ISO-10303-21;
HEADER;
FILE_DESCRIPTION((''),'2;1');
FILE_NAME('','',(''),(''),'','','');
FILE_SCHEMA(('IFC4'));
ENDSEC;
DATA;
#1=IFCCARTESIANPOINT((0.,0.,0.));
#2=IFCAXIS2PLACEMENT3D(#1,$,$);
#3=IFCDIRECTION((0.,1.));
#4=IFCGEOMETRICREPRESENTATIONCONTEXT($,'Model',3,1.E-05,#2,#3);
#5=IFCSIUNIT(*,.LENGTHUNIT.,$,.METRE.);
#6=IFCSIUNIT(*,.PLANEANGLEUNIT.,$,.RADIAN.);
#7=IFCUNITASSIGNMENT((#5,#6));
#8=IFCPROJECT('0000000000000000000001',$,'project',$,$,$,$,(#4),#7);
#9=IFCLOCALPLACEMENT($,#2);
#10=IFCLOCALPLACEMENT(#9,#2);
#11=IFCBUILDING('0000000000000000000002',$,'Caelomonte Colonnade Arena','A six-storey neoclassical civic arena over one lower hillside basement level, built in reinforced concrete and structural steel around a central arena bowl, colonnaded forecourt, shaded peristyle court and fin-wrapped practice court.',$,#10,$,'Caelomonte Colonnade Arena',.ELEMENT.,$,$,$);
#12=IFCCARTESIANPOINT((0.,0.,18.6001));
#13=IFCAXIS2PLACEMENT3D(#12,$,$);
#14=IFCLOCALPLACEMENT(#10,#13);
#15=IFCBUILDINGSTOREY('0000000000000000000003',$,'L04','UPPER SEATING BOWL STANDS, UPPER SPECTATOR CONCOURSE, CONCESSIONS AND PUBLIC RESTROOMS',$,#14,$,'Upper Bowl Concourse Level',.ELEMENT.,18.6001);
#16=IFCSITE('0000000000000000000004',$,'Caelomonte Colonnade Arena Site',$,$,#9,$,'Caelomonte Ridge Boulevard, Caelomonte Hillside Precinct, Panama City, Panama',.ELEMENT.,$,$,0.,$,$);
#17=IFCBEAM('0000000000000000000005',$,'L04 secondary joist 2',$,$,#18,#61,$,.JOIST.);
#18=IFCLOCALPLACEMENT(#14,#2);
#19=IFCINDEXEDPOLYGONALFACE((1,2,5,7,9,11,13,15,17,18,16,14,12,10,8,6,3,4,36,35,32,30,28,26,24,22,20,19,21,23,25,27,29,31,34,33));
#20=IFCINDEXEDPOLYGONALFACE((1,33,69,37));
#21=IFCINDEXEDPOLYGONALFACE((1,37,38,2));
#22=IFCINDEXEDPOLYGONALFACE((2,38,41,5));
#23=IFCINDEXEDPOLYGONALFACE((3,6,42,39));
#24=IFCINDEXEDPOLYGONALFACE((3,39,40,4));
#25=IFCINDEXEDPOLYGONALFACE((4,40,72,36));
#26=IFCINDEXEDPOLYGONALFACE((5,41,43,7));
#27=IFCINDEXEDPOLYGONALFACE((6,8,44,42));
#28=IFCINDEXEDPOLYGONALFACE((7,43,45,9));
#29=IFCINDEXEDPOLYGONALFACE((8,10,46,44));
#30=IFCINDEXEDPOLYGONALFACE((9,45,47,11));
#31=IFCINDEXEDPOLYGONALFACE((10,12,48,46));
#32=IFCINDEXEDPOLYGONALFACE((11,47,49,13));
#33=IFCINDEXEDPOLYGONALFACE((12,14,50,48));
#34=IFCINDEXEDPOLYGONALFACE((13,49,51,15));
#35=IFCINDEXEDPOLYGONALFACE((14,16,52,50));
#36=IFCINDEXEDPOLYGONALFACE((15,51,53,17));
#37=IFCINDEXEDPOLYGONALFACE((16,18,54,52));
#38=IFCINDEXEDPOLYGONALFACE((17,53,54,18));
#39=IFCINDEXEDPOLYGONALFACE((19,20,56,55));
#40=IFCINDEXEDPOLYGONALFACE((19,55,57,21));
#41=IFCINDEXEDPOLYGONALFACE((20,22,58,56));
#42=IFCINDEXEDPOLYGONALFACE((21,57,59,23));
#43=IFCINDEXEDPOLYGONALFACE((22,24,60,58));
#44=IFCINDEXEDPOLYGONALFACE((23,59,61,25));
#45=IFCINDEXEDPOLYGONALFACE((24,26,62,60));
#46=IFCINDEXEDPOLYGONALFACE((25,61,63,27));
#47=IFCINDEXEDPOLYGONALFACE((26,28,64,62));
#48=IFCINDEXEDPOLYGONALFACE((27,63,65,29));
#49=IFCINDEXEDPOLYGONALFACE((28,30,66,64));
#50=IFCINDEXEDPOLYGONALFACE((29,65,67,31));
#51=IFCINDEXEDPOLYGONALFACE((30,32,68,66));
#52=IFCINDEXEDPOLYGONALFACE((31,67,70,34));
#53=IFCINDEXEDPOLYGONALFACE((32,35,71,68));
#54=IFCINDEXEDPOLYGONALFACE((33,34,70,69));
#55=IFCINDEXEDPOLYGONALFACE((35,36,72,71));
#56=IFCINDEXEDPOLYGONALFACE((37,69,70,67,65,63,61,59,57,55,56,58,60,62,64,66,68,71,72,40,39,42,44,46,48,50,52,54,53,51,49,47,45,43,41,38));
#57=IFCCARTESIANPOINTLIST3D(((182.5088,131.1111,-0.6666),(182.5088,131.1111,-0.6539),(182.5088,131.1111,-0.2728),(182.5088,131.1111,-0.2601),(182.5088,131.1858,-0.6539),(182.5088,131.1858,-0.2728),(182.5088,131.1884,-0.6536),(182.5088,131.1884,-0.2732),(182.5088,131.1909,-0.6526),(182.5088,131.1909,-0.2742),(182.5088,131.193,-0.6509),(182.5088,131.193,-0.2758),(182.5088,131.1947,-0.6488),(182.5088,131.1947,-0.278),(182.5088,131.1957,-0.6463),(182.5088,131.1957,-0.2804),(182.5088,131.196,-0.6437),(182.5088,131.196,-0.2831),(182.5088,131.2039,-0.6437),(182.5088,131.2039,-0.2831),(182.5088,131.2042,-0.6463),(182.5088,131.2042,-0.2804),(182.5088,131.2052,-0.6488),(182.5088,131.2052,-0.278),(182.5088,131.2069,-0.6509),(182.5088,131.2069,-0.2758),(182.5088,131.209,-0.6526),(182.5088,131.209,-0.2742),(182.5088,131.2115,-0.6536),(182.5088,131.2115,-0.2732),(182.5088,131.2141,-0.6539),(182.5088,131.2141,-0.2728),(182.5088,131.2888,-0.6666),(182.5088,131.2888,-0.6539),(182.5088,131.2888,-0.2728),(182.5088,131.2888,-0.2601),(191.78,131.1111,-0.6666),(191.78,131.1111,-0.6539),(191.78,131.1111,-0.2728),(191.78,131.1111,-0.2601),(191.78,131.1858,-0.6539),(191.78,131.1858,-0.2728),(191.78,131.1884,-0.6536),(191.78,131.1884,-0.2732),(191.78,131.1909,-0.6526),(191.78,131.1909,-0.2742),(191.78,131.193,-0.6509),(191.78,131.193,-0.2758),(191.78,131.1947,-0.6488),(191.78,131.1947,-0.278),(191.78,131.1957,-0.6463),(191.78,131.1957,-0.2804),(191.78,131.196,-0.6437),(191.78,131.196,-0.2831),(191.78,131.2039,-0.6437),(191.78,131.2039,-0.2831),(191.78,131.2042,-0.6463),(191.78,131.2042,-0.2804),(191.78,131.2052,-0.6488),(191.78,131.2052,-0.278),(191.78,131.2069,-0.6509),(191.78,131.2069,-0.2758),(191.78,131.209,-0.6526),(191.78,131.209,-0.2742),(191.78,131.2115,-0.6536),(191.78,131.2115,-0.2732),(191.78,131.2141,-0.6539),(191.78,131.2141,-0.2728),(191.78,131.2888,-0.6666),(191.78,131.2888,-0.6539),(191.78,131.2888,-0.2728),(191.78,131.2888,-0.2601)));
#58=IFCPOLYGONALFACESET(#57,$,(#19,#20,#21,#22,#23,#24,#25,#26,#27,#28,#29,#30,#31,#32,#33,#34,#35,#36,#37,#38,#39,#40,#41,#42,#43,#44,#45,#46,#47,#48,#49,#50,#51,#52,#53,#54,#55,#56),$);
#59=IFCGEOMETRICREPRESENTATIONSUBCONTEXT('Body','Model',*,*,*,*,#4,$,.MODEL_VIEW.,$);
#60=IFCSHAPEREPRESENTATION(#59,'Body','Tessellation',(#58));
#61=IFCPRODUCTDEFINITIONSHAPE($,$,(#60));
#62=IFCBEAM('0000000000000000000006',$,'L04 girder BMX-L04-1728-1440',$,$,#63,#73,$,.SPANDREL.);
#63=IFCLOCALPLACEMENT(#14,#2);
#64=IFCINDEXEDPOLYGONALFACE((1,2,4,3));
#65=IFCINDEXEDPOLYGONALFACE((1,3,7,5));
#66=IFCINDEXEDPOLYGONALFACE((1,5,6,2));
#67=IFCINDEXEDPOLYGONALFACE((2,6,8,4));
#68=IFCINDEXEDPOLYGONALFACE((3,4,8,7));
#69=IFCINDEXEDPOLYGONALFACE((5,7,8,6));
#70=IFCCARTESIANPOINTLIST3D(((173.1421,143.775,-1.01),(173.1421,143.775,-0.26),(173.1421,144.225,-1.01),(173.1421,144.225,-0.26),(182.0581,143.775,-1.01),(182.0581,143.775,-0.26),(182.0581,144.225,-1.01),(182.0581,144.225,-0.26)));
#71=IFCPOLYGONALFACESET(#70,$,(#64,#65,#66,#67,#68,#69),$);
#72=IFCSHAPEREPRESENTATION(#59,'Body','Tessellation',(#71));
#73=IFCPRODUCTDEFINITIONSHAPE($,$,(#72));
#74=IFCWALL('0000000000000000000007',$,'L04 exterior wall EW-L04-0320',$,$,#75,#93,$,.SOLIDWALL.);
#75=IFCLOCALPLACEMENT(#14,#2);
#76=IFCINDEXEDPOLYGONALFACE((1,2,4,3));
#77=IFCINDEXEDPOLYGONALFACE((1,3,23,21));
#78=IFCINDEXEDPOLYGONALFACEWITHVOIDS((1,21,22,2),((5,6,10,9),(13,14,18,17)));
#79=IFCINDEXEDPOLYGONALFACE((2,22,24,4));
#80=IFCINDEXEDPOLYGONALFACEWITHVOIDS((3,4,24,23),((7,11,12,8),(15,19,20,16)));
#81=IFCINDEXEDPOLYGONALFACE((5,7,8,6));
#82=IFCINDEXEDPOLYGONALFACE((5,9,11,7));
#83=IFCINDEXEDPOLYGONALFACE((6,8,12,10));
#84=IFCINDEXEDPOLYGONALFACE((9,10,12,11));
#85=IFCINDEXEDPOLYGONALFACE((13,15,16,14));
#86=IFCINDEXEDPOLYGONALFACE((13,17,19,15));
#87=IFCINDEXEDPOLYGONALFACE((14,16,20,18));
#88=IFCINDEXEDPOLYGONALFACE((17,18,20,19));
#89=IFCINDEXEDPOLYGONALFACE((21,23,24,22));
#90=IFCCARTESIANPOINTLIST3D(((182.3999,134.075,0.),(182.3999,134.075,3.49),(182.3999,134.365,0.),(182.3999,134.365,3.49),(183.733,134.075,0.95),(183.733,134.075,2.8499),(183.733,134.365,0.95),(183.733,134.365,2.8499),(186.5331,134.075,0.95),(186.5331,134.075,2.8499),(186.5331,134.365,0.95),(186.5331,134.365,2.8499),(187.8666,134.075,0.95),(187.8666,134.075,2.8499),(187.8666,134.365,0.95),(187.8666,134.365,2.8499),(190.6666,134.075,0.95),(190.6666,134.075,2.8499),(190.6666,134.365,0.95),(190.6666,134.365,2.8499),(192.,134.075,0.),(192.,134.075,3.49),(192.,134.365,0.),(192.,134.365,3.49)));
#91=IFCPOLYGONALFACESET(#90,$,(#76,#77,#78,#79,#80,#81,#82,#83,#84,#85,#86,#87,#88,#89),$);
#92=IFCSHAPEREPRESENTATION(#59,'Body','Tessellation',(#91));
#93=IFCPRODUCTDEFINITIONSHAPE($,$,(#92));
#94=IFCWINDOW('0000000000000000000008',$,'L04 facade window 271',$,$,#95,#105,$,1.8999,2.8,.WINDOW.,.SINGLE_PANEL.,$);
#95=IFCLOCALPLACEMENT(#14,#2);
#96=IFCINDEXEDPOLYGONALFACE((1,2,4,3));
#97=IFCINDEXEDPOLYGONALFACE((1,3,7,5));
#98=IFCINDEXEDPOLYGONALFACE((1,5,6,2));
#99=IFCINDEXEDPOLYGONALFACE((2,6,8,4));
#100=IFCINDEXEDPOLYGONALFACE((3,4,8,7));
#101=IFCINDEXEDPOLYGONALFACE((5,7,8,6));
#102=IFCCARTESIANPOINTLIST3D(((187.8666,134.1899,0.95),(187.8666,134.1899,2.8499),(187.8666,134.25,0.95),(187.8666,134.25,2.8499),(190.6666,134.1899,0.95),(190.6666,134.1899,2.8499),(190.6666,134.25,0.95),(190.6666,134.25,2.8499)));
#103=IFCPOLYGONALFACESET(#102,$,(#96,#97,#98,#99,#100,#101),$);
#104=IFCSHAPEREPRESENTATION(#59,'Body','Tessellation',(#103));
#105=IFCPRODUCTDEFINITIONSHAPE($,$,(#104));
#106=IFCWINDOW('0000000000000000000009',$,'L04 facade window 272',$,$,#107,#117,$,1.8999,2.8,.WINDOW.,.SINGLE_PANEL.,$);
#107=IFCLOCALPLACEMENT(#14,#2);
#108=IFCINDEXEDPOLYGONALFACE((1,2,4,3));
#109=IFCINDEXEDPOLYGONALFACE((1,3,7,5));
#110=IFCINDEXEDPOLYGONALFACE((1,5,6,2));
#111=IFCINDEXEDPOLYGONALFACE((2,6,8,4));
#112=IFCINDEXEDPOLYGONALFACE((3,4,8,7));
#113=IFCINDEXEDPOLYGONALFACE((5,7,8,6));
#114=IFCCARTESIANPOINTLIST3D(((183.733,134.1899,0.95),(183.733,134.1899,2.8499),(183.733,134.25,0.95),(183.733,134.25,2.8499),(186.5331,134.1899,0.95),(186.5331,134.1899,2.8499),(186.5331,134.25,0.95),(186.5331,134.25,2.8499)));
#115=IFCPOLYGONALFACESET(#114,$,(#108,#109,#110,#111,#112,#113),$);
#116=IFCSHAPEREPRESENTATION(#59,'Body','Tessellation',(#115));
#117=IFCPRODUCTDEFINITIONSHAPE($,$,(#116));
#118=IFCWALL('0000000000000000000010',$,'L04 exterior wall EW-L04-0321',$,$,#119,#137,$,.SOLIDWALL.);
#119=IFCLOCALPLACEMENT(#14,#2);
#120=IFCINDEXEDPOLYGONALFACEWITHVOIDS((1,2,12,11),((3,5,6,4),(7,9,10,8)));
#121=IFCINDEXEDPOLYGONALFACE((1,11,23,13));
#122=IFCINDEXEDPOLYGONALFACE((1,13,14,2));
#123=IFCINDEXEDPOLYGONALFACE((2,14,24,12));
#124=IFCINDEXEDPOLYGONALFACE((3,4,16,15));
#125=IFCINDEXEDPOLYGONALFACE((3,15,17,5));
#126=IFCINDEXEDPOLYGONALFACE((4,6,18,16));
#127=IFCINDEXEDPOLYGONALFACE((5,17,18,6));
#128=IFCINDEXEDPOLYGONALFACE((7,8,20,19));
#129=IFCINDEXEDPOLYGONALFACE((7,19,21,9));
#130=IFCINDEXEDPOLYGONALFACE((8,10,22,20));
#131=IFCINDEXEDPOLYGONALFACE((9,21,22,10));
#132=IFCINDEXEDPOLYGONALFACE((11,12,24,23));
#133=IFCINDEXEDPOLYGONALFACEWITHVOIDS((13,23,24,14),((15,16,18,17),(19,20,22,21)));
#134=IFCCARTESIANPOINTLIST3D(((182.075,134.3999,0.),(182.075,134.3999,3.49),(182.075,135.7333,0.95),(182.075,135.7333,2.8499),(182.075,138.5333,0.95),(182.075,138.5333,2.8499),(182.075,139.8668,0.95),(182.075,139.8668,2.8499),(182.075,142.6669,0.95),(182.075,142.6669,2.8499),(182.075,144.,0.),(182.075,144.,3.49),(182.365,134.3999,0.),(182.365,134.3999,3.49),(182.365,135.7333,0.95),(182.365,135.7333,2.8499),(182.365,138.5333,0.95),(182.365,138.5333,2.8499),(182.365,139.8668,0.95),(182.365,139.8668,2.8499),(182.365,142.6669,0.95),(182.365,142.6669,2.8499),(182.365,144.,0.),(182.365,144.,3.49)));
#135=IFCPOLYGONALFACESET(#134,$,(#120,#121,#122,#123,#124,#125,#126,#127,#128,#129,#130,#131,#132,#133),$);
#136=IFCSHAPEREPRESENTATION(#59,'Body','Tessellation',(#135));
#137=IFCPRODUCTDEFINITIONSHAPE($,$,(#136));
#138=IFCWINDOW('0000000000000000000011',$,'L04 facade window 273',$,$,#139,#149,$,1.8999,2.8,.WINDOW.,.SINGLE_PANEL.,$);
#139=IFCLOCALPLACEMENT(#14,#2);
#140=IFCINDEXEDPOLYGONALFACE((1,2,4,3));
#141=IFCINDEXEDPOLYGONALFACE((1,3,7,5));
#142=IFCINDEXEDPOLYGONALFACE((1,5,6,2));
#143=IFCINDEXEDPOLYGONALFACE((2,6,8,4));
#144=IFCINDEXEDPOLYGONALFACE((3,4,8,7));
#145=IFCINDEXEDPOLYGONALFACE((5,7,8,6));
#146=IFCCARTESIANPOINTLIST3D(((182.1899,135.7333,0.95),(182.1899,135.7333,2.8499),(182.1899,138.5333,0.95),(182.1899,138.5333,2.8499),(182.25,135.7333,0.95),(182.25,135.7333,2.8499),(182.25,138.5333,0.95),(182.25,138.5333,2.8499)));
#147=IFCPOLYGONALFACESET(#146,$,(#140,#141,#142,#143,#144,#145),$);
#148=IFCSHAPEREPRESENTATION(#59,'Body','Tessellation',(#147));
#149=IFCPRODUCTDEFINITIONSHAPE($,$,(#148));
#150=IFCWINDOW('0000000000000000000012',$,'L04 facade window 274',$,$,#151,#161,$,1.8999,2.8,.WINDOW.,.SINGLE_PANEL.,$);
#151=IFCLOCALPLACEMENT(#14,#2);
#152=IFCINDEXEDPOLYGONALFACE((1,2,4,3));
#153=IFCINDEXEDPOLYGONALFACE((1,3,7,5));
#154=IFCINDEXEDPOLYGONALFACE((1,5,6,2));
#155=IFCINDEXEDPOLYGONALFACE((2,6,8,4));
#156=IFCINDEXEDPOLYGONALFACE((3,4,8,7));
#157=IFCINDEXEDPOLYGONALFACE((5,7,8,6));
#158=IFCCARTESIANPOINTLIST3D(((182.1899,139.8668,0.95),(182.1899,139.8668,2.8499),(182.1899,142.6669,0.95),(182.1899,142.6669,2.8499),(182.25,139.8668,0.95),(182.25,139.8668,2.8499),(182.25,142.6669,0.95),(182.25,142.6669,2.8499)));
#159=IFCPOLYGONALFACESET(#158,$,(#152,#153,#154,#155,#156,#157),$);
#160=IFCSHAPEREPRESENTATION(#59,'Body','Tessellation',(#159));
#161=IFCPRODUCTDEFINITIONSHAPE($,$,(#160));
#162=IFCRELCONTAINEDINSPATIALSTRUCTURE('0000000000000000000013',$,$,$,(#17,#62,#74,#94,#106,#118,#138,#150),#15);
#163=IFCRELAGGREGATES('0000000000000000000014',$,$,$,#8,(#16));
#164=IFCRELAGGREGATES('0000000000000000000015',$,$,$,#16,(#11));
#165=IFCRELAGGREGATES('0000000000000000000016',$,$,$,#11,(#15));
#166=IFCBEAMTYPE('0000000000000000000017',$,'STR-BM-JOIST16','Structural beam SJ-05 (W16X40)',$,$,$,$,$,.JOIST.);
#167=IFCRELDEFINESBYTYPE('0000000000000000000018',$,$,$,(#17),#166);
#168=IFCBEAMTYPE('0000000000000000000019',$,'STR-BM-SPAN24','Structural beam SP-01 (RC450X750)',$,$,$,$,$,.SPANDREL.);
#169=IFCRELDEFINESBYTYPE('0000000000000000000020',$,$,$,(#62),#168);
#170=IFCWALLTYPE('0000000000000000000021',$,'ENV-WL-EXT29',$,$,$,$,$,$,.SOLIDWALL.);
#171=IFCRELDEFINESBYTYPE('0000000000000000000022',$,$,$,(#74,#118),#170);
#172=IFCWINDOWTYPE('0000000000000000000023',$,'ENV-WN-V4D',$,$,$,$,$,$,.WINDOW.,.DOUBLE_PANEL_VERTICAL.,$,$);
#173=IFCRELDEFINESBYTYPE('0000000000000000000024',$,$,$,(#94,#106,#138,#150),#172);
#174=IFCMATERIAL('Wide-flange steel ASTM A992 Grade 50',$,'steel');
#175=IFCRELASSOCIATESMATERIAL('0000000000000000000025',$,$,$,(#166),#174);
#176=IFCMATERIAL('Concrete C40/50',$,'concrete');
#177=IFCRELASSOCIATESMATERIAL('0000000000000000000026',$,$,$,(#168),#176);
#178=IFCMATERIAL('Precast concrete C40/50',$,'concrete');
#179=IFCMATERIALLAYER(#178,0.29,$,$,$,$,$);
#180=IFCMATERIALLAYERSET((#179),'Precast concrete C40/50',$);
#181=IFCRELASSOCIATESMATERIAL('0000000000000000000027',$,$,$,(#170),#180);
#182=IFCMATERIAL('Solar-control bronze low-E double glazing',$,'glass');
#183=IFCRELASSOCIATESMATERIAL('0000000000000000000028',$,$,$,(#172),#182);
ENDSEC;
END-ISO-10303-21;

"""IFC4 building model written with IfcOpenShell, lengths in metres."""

from ifc_helpers import new_model, si_unit, direction, frame, frame_2d, origin, origin_2d, place, context, subcontext, project, spatial, rectangle, i_section, extrude, material, layer, layer_set, material_profile, profile_set, type_object, element, fill, save


model = new_model("IFC4")

# Units and contexts
model_context = context("Model", 3, precision=1e-05, world=origin(), true_north=direction((0.0, 1.0)))
body_context = subcontext(model_context, "Body", "Model", "MODEL_VIEW")
ifc_project = project(units=[si_unit("LENGTHUNIT", "METRE"), si_unit("PLANEANGLEUNIT", "RADIAN")], contexts=[model_context])

# Site, building, storey
site_placement = place(None, origin())
site = spatial("IfcSite", under=ifc_project, at=site_placement, Name="Caelomonte Colonnade Arena Site", LongName="Caelomonte Ridge Boulevard, Caelomonte Hillside Precinct, Panama City, Panama", CompositionType="ELEMENT", RefElevation=0.0)
building_placement = place(site_placement, origin())
building = spatial("IfcBuilding", under=site, at=building_placement, Name="Caelomonte Colonnade Arena", Description="A six-storey neoclassical civic arena over one lower hillside basement level, built in reinforced concrete and structural steel around a central arena bowl, colonnaded forecourt, shaded peristyle court and fin-wrapped practice court.", LongName="Caelomonte Colonnade Arena", CompositionType="ELEMENT")
storey_placement = place(building_placement, frame((0.0, 0.0, 18.6001)))
storey = spatial("IfcBuildingStorey", under=building, at=storey_placement, Name="L04", Description="UPPER SEATING BOWL STANDS, UPPER SPECTATOR CONCOURSE, CONCESSIONS AND PUBLIC RESTROOMS", LongName="Upper Bowl Concourse Level", CompositionType="ELEMENT", Elevation=18.6001)

# Shared definitions
ifc_material_1 = material(Name="Wide-flange steel ASTM A992 Grade 50", Category="steel")

# Beams
ifc_material_profile_1 = material_profile(ifc_material_1, i_section(OverallWidth=0.1777, OverallDepth=0.4065, WebThickness=0.0078, FlangeThickness=0.0127, FilletRadius=0.0103, at=origin_2d()), Name="W16X40")
ifc_profile_set_1 = profile_set([ifc_material_profile_1], Name="Wide-flange steel ASTM A992 Grade 50")
beam_type_1 = type_object("IfcBeamType", Name="STR-BM-JOIST16", Description="Structural beam SJ-05 (W16X40)", PredefinedType="JOIST", material=ifc_profile_set_1)
for number, where, z_axis, x_axis, name in (
    (1, (182.5088, 131.2, -0.4634), (1.0, 0.0, 0.0), (0.0, 1.0, 0.0), "L04 secondary joist 2"),
):
    element("IfcBeam", number, at=place(storey_placement, frame(where, z_axis=z_axis, x_axis=x_axis)), inside=storey, type_object=beam_type_1, Name=name, PredefinedType="JOIST", context=body_context, shape_type="SweptSolid", body=[
        extrude(i_section(OverallWidth=0.1777, OverallDepth=0.4065, WebThickness=0.0078, FlangeThickness=0.0127, FilletRadius=0.0103, at=origin_2d()), origin(), (0.0, 0.0, 1.0), 9.2712),
    ])
ifc_material_2 = material(Name="Concrete C40/50", Category="concrete")
ifc_material_profile_2 = material_profile(ifc_material_2, rectangle(XDim=0.45, YDim=0.75, at=origin_2d()), Name="RC450X750")
ifc_profile_set_2 = profile_set([ifc_material_profile_2], Name="Concrete C40/50")
beam_type_2 = type_object("IfcBeamType", Name="STR-BM-SPAN24", Description="Structural beam SP-01 (RC450X750)", PredefinedType="SPANDREL", material=ifc_profile_set_2)
beam_1_placement = place(storey_placement, frame((173.1421, 144.0, -0.635), z_axis=(1.0, 0.0, 0.0), x_axis=(0.0, 1.0, 0.0)))
element("IfcBeam", 2, at=beam_1_placement, inside=storey, type_object=beam_type_2, Name="L04 girder BMX-L04-1728-1440", PredefinedType="SPANDREL", context=body_context, shape_type="SweptSolid", body=[
    extrude(rectangle(XDim=0.45, YDim=0.75, at=origin_2d()), origin(), (0.0, 0.0, 1.0), 8.916),
])

# Walls, openings, windows
ifc_material_3 = material(Name="Precast concrete C40/50", Category="concrete")
ifc_layer = layer(ifc_material_3, 0.29)
ifc_layer_set = layer_set([ifc_layer], Name="Precast concrete C40/50")
wall_type = type_object("IfcWallType", Name="ENV-WL-EXT29", PredefinedType="SOLIDWALL", material=ifc_layer_set)
wall_1_placement = place(storey_placement, frame((192.0, 134.22, 0.0), z_axis=(0.0, 0.0, 1.0), x_axis=(-1.0, 0.0, 0.0)))
wall_1 = element("IfcWall", 3, at=wall_1_placement, inside=storey, type_object=wall_type, Name="L04 exterior wall EW-L04-0320", PredefinedType="SOLIDWALL", context=body_context, shape_type="SweptSolid", body=[
    extrude(rectangle(XDim=9.6001, YDim=0.29, at=frame_2d((4.8, 0.0))), origin(), (0.0, 0.0, 1.0), 3.49),
])
opening_1_placement = place(wall_1_placement, frame((4.1333, 0.0, 0.95), z_axis=(0.0, 0.0, 1.0), x_axis=(-1.0, 0.0, 0.0)))
opening_1 = element("IfcOpeningElement", 4, at=opening_1_placement, cuts=wall_1, PredefinedType="OPENING", context=body_context, shape_type="SweptSolid", body=[
    extrude(rectangle(XDim=2.8, YDim=1.8999, at=frame_2d((1.3999, 0.95))), frame((0.0, 0.155, 0.0), z_axis=(0.0, -1.0, 0.0), x_axis=(1.0, 0.0, 0.0)), (0.0, 0.0, 1.0), 0.3101),
])
opening_2_placement = place(wall_1_placement, frame((8.2668, 0.0, 0.95), z_axis=(0.0, 0.0, 1.0), x_axis=(-1.0, 0.0, 0.0)))
opening_2 = element("IfcOpeningElement", 5, at=opening_2_placement, cuts=wall_1, PredefinedType="OPENING", context=body_context, shape_type="SweptSolid", body=[
    extrude(rectangle(XDim=2.8, YDim=1.8999, at=frame_2d((1.3999, 0.95))), frame((0.0, 0.155, 0.0), z_axis=(0.0, -1.0, 0.0), x_axis=(1.0, 0.0, 0.0)), (0.0, 0.0, 1.0), 0.3101),
])
ifc_material_4 = material(Name="Solar-control bronze low-E double glazing", Category="glass")
window_type = type_object("IfcWindowType", Name="ENV-WN-V4D", PartitioningType="DOUBLE_PANEL_VERTICAL", PredefinedType="WINDOW", material=ifc_material_4)
window_1_placement = place(opening_1_placement, origin())
window_1 = element("IfcWindow", 6, at=window_1_placement, inside=storey, type_object=window_type, Name="L04 facade window 271", OverallHeight=1.8999, OverallWidth=2.8, PartitioningType="SINGLE_PANEL", PredefinedType="WINDOW", context=body_context, shape_type="SweptSolid", body=[
    extrude(rectangle(XDim=2.8, YDim=1.8999, at=frame_2d((1.3999, 0.95))), frame((0.0, 0.03, 0.0), z_axis=(0.0, -1.0, 0.0), x_axis=(1.0, 0.0, 0.0)), (0.0, 0.0, 1.0), 0.0601),
])
fill(opening_1, window_1)
window_2_placement = place(opening_2_placement, origin())
window_2 = element("IfcWindow", 7, at=window_2_placement, inside=storey, type_object=window_type, Name="L04 facade window 272", OverallHeight=1.8999, OverallWidth=2.8, PartitioningType="SINGLE_PANEL", PredefinedType="WINDOW", context=body_context, shape_type="SweptSolid", body=[
    extrude(rectangle(XDim=2.8, YDim=1.8999, at=frame_2d((1.3999, 0.95))), frame((0.0, 0.03, 0.0), z_axis=(0.0, -1.0, 0.0), x_axis=(1.0, 0.0, 0.0)), (0.0, 0.0, 1.0), 0.0601),
])
fill(opening_2, window_2)
wall_2_placement = place(storey_placement, frame((182.22, 134.3999, 0.0), z_axis=(0.0, 0.0, 1.0), x_axis=(0.0, 1.0, 0.0)))
wall_2 = element("IfcWall", 8, at=wall_2_placement, inside=storey, type_object=wall_type, Name="L04 exterior wall EW-L04-0321", PredefinedType="SOLIDWALL", context=body_context, shape_type="SweptSolid", body=[
    extrude(rectangle(XDim=9.6001, YDim=0.29, at=frame_2d((4.8, 0.0))), origin(), (0.0, 0.0, 1.0), 3.49),
])
opening_3_placement = place(wall_2_placement, frame((4.1333, 0.0, 0.95), z_axis=(0.0, 0.0, 1.0), x_axis=(-1.0, 0.0, 0.0)))
opening_3 = element("IfcOpeningElement", 9, at=opening_3_placement, cuts=wall_2, PredefinedType="OPENING", context=body_context, shape_type="SweptSolid", body=[
    extrude(rectangle(XDim=2.8, YDim=1.8999, at=frame_2d((1.3999, 0.95))), frame((0.0, 0.155, 0.0), z_axis=(0.0, -1.0, 0.0), x_axis=(1.0, 0.0, 0.0)), (0.0, 0.0, 1.0), 0.3101),
])
opening_4_placement = place(wall_2_placement, frame((8.2668, 0.0, 0.95), z_axis=(0.0, 0.0, 1.0), x_axis=(-1.0, 0.0, 0.0)))
opening_4 = element("IfcOpeningElement", 10, at=opening_4_placement, cuts=wall_2, PredefinedType="OPENING", context=body_context, shape_type="SweptSolid", body=[
    extrude(rectangle(XDim=2.8, YDim=1.8999, at=frame_2d((1.3999, 0.95))), frame((0.0, 0.155, 0.0), z_axis=(0.0, -1.0, 0.0), x_axis=(1.0, 0.0, 0.0)), (0.0, 0.0, 1.0), 0.3101),
])
window_3_placement = place(opening_3_placement, origin())
window_3 = element("IfcWindow", 11, at=window_3_placement, inside=storey, type_object=window_type, Name="L04 facade window 273", OverallHeight=1.8999, OverallWidth=2.8, PartitioningType="SINGLE_PANEL", PredefinedType="WINDOW", context=body_context, shape_type="SweptSolid", body=[
    extrude(rectangle(XDim=2.8, YDim=1.8999, at=frame_2d((1.3999, 0.95))), frame((0.0, 0.03, 0.0), z_axis=(0.0, -1.0, 0.0), x_axis=(1.0, 0.0, 0.0)), (0.0, 0.0, 1.0), 0.0601),
])
fill(opening_3, window_3)
window_4_placement = place(opening_4_placement, origin())
window_4 = element("IfcWindow", 12, at=window_4_placement, inside=storey, type_object=window_type, Name="L04 facade window 274", OverallHeight=1.8999, OverallWidth=2.8, PartitioningType="SINGLE_PANEL", PredefinedType="WINDOW", context=body_context, shape_type="SweptSolid", body=[
    extrude(rectangle(XDim=2.8, YDim=1.8999, at=frame_2d((1.3999, 0.95))), frame((0.0, 0.03, 0.0), z_axis=(0.0, -1.0, 0.0), x_axis=(1.0, 0.0, 0.0)), (0.0, 0.0, 1.0), 0.0601),
])
fill(opening_4, window_4)

save(model, "model.ifc")
